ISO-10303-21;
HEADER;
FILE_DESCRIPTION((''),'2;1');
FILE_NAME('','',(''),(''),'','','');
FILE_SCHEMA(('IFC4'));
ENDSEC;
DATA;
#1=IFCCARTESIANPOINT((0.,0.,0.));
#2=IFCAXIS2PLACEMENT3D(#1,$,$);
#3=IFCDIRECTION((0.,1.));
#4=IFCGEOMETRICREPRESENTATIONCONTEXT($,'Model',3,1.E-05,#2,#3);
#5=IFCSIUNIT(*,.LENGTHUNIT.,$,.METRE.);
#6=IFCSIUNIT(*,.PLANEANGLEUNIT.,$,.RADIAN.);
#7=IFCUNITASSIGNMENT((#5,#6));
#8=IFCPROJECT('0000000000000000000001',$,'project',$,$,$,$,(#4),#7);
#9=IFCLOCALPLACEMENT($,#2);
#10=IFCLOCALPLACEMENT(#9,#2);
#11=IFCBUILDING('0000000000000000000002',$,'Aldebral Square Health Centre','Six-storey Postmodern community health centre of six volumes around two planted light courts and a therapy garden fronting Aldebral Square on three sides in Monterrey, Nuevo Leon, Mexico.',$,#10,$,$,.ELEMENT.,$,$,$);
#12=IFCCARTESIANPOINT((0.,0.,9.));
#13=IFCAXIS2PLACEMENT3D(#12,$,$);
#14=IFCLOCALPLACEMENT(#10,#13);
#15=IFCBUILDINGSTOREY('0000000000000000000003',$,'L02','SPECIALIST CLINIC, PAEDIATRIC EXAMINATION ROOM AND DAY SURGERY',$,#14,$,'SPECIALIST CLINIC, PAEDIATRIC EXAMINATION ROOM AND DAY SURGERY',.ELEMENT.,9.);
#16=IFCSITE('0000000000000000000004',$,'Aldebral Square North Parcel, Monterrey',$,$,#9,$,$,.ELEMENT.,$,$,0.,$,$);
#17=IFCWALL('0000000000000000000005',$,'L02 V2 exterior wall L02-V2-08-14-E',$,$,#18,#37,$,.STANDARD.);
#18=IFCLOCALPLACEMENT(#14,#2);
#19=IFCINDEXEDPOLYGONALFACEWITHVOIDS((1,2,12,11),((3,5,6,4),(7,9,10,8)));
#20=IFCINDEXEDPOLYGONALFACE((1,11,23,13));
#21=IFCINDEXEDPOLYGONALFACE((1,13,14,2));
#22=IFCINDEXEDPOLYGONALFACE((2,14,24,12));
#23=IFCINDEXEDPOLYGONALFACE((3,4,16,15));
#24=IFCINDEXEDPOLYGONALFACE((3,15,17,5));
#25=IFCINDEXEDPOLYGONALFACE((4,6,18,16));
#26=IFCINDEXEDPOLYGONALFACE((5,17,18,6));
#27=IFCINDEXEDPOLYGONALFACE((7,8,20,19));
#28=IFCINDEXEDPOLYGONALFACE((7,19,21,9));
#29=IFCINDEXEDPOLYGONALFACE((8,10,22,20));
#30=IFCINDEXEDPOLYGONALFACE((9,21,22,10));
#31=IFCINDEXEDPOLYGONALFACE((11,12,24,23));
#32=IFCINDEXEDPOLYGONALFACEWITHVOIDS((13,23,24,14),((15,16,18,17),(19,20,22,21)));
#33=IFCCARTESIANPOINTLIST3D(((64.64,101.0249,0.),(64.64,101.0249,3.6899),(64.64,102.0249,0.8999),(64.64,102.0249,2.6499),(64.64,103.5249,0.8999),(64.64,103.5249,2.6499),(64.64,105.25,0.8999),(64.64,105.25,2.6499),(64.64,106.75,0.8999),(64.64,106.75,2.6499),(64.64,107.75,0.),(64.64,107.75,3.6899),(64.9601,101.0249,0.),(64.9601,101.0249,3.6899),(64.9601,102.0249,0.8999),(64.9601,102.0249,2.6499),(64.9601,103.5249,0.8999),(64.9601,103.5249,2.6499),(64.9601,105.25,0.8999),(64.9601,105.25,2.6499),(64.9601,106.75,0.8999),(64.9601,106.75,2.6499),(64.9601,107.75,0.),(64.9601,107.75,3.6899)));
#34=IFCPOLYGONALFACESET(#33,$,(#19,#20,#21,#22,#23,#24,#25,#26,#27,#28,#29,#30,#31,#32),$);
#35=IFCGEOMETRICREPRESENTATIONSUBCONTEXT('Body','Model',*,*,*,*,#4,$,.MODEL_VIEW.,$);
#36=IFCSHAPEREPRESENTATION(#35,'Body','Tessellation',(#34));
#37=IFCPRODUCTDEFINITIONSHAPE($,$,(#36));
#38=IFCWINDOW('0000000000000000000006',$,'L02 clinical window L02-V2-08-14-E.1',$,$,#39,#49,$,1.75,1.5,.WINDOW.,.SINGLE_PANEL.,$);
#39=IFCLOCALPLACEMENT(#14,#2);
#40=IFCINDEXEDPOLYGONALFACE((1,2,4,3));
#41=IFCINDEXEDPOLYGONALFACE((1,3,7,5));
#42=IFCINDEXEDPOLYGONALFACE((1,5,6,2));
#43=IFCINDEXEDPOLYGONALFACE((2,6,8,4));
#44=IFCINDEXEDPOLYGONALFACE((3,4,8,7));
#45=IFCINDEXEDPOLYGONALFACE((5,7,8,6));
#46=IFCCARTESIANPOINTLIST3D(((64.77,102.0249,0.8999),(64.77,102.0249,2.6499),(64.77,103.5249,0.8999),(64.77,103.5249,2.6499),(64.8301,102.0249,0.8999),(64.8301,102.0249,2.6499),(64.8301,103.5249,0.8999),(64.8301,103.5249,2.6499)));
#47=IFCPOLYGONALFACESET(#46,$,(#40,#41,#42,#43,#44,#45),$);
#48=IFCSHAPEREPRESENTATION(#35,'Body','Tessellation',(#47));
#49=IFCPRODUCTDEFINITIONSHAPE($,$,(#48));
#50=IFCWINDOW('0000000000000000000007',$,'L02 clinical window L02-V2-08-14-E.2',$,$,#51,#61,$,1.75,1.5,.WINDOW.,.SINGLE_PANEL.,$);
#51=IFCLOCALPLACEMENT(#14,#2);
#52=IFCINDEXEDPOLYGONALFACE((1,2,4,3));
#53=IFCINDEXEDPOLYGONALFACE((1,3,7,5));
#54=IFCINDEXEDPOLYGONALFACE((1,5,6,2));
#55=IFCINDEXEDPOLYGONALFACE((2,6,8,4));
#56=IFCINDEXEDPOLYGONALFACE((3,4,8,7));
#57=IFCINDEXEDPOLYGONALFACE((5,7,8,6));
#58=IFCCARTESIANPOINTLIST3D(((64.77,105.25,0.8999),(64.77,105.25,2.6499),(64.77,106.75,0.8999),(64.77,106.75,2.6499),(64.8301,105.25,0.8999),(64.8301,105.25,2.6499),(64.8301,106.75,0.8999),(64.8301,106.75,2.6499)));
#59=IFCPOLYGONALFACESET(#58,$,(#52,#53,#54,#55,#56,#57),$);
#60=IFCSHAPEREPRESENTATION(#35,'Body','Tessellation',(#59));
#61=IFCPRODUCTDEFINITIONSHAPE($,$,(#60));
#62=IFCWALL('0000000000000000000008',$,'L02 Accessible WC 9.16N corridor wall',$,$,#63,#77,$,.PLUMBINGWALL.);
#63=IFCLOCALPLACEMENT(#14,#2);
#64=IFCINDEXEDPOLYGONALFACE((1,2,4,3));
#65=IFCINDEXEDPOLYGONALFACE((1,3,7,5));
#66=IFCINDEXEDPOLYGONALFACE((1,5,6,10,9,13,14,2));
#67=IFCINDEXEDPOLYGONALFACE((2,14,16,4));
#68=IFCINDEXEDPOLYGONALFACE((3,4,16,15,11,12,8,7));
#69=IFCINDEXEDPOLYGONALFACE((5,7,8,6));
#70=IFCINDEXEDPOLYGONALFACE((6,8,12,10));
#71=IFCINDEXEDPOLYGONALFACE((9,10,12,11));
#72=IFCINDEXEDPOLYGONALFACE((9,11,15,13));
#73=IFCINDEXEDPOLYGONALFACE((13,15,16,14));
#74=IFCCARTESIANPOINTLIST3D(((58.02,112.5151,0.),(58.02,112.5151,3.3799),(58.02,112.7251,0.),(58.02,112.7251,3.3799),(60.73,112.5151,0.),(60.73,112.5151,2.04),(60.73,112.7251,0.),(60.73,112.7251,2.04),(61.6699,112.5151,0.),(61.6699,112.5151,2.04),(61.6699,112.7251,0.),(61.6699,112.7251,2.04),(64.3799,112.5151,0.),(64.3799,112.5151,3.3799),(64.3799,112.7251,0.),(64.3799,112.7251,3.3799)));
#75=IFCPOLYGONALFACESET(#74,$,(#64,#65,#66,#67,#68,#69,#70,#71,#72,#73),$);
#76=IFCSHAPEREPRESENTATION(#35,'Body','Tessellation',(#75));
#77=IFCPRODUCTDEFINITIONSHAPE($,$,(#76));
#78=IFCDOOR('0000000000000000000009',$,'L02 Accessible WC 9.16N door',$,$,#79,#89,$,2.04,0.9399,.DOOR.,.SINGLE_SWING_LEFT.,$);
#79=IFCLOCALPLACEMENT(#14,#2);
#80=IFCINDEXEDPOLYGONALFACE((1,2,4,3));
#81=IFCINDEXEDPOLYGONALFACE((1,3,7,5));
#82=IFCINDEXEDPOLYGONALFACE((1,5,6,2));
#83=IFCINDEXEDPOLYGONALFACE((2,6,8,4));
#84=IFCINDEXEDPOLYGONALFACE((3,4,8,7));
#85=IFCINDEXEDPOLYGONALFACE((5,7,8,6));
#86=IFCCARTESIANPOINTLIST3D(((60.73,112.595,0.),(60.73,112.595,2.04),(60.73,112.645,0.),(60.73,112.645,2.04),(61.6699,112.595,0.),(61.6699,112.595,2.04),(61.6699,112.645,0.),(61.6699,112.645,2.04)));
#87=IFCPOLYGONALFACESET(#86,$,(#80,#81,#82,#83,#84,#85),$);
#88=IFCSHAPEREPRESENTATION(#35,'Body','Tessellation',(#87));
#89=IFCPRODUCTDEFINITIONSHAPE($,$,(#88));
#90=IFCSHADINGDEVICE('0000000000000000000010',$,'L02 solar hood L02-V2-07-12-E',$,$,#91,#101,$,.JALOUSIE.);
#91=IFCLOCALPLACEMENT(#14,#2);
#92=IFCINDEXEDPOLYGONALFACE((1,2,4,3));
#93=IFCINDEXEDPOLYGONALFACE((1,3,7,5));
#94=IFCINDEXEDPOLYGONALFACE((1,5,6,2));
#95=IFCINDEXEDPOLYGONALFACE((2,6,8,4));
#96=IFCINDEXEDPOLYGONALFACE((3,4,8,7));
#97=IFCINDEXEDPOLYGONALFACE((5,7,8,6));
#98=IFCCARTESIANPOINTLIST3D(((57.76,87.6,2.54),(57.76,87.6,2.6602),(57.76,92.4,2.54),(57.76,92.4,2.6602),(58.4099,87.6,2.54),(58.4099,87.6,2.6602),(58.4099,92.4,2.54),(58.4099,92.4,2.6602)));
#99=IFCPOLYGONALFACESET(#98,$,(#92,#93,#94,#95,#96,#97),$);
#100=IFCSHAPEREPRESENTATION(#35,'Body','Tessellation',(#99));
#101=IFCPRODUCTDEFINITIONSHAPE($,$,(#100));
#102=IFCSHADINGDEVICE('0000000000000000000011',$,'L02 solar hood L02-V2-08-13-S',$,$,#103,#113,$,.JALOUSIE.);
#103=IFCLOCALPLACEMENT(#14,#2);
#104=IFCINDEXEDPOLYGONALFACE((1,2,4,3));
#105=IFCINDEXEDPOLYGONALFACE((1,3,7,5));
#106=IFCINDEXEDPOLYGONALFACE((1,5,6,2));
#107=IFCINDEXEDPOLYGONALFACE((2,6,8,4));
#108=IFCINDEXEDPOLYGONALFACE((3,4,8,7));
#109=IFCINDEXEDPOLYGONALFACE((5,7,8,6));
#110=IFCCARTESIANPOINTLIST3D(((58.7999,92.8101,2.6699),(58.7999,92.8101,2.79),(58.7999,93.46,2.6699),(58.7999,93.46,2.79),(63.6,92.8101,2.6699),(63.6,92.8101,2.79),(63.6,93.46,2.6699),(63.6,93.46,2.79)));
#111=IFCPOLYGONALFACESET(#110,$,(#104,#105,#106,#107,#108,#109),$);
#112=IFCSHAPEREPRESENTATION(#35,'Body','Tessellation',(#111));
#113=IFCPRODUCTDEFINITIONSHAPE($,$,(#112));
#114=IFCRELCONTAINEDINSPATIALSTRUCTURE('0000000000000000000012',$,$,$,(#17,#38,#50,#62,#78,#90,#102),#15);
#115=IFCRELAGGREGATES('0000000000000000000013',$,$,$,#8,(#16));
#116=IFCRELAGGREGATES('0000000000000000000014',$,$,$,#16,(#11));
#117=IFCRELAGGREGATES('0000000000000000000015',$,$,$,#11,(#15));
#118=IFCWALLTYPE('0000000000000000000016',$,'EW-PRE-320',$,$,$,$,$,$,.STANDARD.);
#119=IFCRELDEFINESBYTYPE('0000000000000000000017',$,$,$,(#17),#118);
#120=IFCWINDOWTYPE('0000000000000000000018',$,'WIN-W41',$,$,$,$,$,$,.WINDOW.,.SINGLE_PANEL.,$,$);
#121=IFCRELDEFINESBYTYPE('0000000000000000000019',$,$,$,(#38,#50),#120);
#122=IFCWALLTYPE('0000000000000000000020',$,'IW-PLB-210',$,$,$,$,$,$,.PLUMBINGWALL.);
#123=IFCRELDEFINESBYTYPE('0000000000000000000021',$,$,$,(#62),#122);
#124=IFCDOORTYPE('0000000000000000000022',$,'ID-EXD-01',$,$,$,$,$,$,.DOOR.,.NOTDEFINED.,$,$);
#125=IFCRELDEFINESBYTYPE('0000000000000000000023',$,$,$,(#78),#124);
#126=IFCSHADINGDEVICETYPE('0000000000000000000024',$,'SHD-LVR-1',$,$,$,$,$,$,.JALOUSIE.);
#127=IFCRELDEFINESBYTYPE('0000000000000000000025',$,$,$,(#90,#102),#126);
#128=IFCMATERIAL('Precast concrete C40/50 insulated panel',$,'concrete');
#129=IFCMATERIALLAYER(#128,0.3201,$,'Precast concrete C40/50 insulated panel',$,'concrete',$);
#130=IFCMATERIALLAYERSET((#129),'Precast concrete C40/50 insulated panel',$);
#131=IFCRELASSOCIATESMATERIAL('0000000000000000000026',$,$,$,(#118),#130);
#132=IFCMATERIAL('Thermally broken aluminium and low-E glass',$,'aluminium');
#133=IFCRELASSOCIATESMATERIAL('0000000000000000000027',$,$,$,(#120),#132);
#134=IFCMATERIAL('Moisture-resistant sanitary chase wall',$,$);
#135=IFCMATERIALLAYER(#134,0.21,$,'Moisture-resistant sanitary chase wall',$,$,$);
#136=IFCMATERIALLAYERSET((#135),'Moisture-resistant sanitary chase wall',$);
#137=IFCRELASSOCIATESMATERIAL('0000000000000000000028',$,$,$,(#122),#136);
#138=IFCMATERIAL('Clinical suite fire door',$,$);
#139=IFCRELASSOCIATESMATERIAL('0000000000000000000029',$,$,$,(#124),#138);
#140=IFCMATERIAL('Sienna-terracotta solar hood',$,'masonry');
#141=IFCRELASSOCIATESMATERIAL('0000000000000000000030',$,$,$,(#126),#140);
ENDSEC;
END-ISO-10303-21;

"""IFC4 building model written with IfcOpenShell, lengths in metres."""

from ifc_helpers import new_model, si_unit, direction, frame, frame_2d, origin, origin_2d, place, context, subcontext, project, spatial, rectangle, extrude, material, layer, layer_set, type_object, element, fill, save


model = new_model("IFC4")

# Units and contexts
model_context = context("Model", 3, precision=1e-05, world=origin(), true_north=direction((0.0, 1.0)))
body_context = subcontext(model_context, "Body", "Model", "MODEL_VIEW")
ifc_project = project(units=[si_unit("LENGTHUNIT", "METRE"), si_unit("PLANEANGLEUNIT", "RADIAN")], contexts=[model_context])

# Site, building, storey
site_placement = place(None, origin())
site = spatial("IfcSite", under=ifc_project, at=site_placement, Name="Aldebral Square North Parcel, Monterrey", CompositionType="ELEMENT", RefElevation=0.0)
building_placement = place(site_placement, origin())
building = spatial("IfcBuilding", under=site, at=building_placement, Name="Aldebral Square Health Centre", Description="Six-storey Postmodern community health centre of six volumes around two planted light courts and a therapy garden fronting Aldebral Square on three sides in Monterrey, Nuevo Leon, Mexico.", CompositionType="ELEMENT")
storey_placement = place(building_placement, frame((0.0, 0.0, 9.0)))
storey = spatial("IfcBuildingStorey", under=building, at=storey_placement, Name="L02", Description="SPECIALIST CLINIC, PAEDIATRIC EXAMINATION ROOM AND DAY SURGERY", LongName="SPECIALIST CLINIC, PAEDIATRIC EXAMINATION ROOM AND DAY SURGERY", CompositionType="ELEMENT", Elevation=9.0)

# Shared definitions
ifc_material_1 = material(Name="Precast concrete C40/50 insulated panel", Category="concrete")
ifc_layer_1 = layer(ifc_material_1, 0.3201, Name="Precast concrete C40/50 insulated panel", Category="concrete")
ifc_layer_set_1 = layer_set([ifc_layer_1], Name="Precast concrete C40/50 insulated panel")
wall_type_1 = type_object("IfcWallType", Name="EW-PRE-320", PredefinedType="STANDARD", material=ifc_layer_set_1)

# Wall, openings, windows
wall_1_placement = place(storey_placement, frame((64.8, 101.0249, 0.0), z_axis=(0.0, 0.0, 1.0), x_axis=(0.0, 1.0, 0.0)))
wall_1 = element("IfcWall", 1, at=wall_1_placement, inside=storey, type_object=wall_type_1, Name="L02 V2 exterior wall L02-V2-08-14-E", PredefinedType="STANDARD", context=body_context, shape_type="SweptSolid", body=[
    extrude(rectangle(XDim=6.7251, YDim=0.3201, at=frame_2d((3.3625, 0.0))), origin(), (0.0, 0.0, 1.0), 3.6899),
])
opening_1_placement = place(wall_1_placement, frame((1.0, 0.0, 0.8999)))
opening_1 = element("IfcOpeningElement", 2, at=opening_1_placement, cuts=wall_1, PredefinedType="OPENING", context=body_context, shape_type="SweptSolid", body=[
    extrude(rectangle(XDim=1.5, YDim=1.75, at=frame_2d((0.75, 0.875))), frame((0.0, 0.1699, 0.0), z_axis=(0.0, -1.0, 0.0), x_axis=(1.0, 0.0, 0.0)), (0.0, 0.0, 1.0), 0.3401),
])
opening_2_placement = place(wall_1_placement, frame((4.2251, 0.0, 0.8999)))
opening_2 = element("IfcOpeningElement", 3, at=opening_2_placement, cuts=wall_1, PredefinedType="OPENING", context=body_context, shape_type="SweptSolid", body=[
    extrude(rectangle(XDim=1.5, YDim=1.75, at=frame_2d((0.75, 0.875))), frame((0.0, 0.1699, 0.0), z_axis=(0.0, -1.0, 0.0), x_axis=(1.0, 0.0, 0.0)), (0.0, 0.0, 1.0), 0.3401),
])
ifc_material_2 = material(Name="Thermally broken aluminium and low-E glass", Category="aluminium")
window_type = type_object("IfcWindowType", Name="WIN-W41", PartitioningType="SINGLE_PANEL", PredefinedType="WINDOW", material=ifc_material_2)
window_1_placement = place(opening_1_placement, origin())
window_1 = element("IfcWindow", 4, at=window_1_placement, inside=storey, type_object=window_type, Name="L02 clinical window L02-V2-08-14-E.1", OverallHeight=1.75, OverallWidth=1.5, PartitioningType="SINGLE_PANEL", PredefinedType="WINDOW", context=body_context, shape_type="SweptSolid", body=[
    extrude(rectangle(XDim=1.5, YDim=1.75, at=frame_2d((0.75, 0.875))), frame((0.0, 0.03, 0.0), z_axis=(0.0, -1.0, 0.0), x_axis=(1.0, 0.0, 0.0)), (0.0, 0.0, 1.0), 0.0601),
])
fill(opening_1, window_1)
window_2_placement = place(opening_2_placement, origin())
window_2 = element("IfcWindow", 5, at=window_2_placement, inside=storey, type_object=window_type, Name="L02 clinical window L02-V2-08-14-E.2", OverallHeight=1.75, OverallWidth=1.5, PartitioningType="SINGLE_PANEL", PredefinedType="WINDOW", context=body_context, shape_type="SweptSolid", body=[
    extrude(rectangle(XDim=1.5, YDim=1.75, at=frame_2d((0.75, 0.875))), frame((0.0, 0.03, 0.0), z_axis=(0.0, -1.0, 0.0), x_axis=(1.0, 0.0, 0.0)), (0.0, 0.0, 1.0), 0.0601),
])
fill(opening_2, window_2)

# Wall, opening, door
ifc_material_3 = material(Name="Moisture-resistant sanitary chase wall")
ifc_layer_2 = layer(ifc_material_3, 0.21, Name="Moisture-resistant sanitary chase wall")
ifc_layer_set_2 = layer_set([ifc_layer_2], Name="Moisture-resistant sanitary chase wall")
wall_type_2 = type_object("IfcWallType", Name="IW-PLB-210", PredefinedType="PLUMBINGWALL", material=ifc_layer_set_2)
wall_2_placement = place(storey_placement, frame((58.02, 112.6201, 0.0), z_axis=(0.0, 0.0, 1.0), x_axis=(1.0, 0.0, 0.0)))
wall_2 = element("IfcWall", 6, at=wall_2_placement, inside=storey, type_object=wall_type_2, Name="L02 Accessible WC 9.16N corridor wall", PredefinedType="PLUMBINGWALL", context=body_context, shape_type="SweptSolid", body=[
    extrude(rectangle(XDim=6.3599, YDim=0.21, at=frame_2d((3.1799, 0.0))), origin(), (0.0, 0.0, 1.0), 3.3799),
])
opening_3_placement = place(wall_2_placement, frame((2.71, 0.0, 0.0)))
opening_3 = element("IfcOpeningElement", 7, at=opening_3_placement, cuts=wall_2, PredefinedType="OPENING", context=body_context, shape_type="SweptSolid", body=[
    extrude(rectangle(XDim=0.9399, YDim=2.04, at=frame_2d((0.47, 1.02))), frame((0.0, 0.115, 0.0), z_axis=(0.0, -1.0, 0.0), x_axis=(1.0, 0.0, 0.0)), (0.0, 0.0, 1.0), 0.23),
])
ifc_material_4 = material(Name="Clinical suite fire door")
door_type = type_object("IfcDoorType", Name="ID-EXD-01", OperationType="NOTDEFINED", PredefinedType="DOOR", material=ifc_material_4)
door_placement = place(opening_3_placement, origin())
door = element("IfcDoor", 8, at=door_placement, inside=storey, type_object=door_type, Name="L02 Accessible WC 9.16N door", OperationType="SINGLE_SWING_LEFT", OverallHeight=2.04, OverallWidth=0.9399, PredefinedType="DOOR", context=body_context, shape_type="SweptSolid", body=[
    extrude(rectangle(XDim=0.9399, YDim=2.04, at=frame_2d((0.47, 1.02))), frame((0.0, 0.0249, 0.0), z_axis=(0.0, -1.0, 0.0), x_axis=(1.0, 0.0, 0.0)), (0.0, 0.0, 1.0), 0.05),
])
fill(opening_3, door)

# Shading devices
ifc_material_5 = material(Name="Sienna-terracotta solar hood", Category="masonry")
shading_device_type = type_object("IfcShadingDeviceType", Name="SHD-LVR-1", PredefinedType="JALOUSIE", material=ifc_material_5)
for number, where, z_axis, x_axis, name in (
    (9, (58.085, 90.0, 2.54), (0.0, 0.0, 1.0), (0.0, 1.0, 0.0), "L02 solar hood L02-V2-07-12-E"),
    (10, (61.2, 93.135, 2.6699), (0.0, 0.0, 1.0), (1.0, 0.0, 0.0), "L02 solar hood L02-V2-08-13-S"),
):
    element("IfcShadingDevice", number, at=place(storey_placement, frame(where, z_axis=z_axis, x_axis=x_axis)), inside=storey, type_object=shading_device_type, Name=name, PredefinedType="JALOUSIE", context=body_context, shape_type="SweptSolid", body=[
        extrude(rectangle(XDim=4.8, YDim=0.6499, at=origin_2d()), origin(), (0.0, 0.0, 1.0), 0.1201),
    ])

save(model, "model.ifc")
